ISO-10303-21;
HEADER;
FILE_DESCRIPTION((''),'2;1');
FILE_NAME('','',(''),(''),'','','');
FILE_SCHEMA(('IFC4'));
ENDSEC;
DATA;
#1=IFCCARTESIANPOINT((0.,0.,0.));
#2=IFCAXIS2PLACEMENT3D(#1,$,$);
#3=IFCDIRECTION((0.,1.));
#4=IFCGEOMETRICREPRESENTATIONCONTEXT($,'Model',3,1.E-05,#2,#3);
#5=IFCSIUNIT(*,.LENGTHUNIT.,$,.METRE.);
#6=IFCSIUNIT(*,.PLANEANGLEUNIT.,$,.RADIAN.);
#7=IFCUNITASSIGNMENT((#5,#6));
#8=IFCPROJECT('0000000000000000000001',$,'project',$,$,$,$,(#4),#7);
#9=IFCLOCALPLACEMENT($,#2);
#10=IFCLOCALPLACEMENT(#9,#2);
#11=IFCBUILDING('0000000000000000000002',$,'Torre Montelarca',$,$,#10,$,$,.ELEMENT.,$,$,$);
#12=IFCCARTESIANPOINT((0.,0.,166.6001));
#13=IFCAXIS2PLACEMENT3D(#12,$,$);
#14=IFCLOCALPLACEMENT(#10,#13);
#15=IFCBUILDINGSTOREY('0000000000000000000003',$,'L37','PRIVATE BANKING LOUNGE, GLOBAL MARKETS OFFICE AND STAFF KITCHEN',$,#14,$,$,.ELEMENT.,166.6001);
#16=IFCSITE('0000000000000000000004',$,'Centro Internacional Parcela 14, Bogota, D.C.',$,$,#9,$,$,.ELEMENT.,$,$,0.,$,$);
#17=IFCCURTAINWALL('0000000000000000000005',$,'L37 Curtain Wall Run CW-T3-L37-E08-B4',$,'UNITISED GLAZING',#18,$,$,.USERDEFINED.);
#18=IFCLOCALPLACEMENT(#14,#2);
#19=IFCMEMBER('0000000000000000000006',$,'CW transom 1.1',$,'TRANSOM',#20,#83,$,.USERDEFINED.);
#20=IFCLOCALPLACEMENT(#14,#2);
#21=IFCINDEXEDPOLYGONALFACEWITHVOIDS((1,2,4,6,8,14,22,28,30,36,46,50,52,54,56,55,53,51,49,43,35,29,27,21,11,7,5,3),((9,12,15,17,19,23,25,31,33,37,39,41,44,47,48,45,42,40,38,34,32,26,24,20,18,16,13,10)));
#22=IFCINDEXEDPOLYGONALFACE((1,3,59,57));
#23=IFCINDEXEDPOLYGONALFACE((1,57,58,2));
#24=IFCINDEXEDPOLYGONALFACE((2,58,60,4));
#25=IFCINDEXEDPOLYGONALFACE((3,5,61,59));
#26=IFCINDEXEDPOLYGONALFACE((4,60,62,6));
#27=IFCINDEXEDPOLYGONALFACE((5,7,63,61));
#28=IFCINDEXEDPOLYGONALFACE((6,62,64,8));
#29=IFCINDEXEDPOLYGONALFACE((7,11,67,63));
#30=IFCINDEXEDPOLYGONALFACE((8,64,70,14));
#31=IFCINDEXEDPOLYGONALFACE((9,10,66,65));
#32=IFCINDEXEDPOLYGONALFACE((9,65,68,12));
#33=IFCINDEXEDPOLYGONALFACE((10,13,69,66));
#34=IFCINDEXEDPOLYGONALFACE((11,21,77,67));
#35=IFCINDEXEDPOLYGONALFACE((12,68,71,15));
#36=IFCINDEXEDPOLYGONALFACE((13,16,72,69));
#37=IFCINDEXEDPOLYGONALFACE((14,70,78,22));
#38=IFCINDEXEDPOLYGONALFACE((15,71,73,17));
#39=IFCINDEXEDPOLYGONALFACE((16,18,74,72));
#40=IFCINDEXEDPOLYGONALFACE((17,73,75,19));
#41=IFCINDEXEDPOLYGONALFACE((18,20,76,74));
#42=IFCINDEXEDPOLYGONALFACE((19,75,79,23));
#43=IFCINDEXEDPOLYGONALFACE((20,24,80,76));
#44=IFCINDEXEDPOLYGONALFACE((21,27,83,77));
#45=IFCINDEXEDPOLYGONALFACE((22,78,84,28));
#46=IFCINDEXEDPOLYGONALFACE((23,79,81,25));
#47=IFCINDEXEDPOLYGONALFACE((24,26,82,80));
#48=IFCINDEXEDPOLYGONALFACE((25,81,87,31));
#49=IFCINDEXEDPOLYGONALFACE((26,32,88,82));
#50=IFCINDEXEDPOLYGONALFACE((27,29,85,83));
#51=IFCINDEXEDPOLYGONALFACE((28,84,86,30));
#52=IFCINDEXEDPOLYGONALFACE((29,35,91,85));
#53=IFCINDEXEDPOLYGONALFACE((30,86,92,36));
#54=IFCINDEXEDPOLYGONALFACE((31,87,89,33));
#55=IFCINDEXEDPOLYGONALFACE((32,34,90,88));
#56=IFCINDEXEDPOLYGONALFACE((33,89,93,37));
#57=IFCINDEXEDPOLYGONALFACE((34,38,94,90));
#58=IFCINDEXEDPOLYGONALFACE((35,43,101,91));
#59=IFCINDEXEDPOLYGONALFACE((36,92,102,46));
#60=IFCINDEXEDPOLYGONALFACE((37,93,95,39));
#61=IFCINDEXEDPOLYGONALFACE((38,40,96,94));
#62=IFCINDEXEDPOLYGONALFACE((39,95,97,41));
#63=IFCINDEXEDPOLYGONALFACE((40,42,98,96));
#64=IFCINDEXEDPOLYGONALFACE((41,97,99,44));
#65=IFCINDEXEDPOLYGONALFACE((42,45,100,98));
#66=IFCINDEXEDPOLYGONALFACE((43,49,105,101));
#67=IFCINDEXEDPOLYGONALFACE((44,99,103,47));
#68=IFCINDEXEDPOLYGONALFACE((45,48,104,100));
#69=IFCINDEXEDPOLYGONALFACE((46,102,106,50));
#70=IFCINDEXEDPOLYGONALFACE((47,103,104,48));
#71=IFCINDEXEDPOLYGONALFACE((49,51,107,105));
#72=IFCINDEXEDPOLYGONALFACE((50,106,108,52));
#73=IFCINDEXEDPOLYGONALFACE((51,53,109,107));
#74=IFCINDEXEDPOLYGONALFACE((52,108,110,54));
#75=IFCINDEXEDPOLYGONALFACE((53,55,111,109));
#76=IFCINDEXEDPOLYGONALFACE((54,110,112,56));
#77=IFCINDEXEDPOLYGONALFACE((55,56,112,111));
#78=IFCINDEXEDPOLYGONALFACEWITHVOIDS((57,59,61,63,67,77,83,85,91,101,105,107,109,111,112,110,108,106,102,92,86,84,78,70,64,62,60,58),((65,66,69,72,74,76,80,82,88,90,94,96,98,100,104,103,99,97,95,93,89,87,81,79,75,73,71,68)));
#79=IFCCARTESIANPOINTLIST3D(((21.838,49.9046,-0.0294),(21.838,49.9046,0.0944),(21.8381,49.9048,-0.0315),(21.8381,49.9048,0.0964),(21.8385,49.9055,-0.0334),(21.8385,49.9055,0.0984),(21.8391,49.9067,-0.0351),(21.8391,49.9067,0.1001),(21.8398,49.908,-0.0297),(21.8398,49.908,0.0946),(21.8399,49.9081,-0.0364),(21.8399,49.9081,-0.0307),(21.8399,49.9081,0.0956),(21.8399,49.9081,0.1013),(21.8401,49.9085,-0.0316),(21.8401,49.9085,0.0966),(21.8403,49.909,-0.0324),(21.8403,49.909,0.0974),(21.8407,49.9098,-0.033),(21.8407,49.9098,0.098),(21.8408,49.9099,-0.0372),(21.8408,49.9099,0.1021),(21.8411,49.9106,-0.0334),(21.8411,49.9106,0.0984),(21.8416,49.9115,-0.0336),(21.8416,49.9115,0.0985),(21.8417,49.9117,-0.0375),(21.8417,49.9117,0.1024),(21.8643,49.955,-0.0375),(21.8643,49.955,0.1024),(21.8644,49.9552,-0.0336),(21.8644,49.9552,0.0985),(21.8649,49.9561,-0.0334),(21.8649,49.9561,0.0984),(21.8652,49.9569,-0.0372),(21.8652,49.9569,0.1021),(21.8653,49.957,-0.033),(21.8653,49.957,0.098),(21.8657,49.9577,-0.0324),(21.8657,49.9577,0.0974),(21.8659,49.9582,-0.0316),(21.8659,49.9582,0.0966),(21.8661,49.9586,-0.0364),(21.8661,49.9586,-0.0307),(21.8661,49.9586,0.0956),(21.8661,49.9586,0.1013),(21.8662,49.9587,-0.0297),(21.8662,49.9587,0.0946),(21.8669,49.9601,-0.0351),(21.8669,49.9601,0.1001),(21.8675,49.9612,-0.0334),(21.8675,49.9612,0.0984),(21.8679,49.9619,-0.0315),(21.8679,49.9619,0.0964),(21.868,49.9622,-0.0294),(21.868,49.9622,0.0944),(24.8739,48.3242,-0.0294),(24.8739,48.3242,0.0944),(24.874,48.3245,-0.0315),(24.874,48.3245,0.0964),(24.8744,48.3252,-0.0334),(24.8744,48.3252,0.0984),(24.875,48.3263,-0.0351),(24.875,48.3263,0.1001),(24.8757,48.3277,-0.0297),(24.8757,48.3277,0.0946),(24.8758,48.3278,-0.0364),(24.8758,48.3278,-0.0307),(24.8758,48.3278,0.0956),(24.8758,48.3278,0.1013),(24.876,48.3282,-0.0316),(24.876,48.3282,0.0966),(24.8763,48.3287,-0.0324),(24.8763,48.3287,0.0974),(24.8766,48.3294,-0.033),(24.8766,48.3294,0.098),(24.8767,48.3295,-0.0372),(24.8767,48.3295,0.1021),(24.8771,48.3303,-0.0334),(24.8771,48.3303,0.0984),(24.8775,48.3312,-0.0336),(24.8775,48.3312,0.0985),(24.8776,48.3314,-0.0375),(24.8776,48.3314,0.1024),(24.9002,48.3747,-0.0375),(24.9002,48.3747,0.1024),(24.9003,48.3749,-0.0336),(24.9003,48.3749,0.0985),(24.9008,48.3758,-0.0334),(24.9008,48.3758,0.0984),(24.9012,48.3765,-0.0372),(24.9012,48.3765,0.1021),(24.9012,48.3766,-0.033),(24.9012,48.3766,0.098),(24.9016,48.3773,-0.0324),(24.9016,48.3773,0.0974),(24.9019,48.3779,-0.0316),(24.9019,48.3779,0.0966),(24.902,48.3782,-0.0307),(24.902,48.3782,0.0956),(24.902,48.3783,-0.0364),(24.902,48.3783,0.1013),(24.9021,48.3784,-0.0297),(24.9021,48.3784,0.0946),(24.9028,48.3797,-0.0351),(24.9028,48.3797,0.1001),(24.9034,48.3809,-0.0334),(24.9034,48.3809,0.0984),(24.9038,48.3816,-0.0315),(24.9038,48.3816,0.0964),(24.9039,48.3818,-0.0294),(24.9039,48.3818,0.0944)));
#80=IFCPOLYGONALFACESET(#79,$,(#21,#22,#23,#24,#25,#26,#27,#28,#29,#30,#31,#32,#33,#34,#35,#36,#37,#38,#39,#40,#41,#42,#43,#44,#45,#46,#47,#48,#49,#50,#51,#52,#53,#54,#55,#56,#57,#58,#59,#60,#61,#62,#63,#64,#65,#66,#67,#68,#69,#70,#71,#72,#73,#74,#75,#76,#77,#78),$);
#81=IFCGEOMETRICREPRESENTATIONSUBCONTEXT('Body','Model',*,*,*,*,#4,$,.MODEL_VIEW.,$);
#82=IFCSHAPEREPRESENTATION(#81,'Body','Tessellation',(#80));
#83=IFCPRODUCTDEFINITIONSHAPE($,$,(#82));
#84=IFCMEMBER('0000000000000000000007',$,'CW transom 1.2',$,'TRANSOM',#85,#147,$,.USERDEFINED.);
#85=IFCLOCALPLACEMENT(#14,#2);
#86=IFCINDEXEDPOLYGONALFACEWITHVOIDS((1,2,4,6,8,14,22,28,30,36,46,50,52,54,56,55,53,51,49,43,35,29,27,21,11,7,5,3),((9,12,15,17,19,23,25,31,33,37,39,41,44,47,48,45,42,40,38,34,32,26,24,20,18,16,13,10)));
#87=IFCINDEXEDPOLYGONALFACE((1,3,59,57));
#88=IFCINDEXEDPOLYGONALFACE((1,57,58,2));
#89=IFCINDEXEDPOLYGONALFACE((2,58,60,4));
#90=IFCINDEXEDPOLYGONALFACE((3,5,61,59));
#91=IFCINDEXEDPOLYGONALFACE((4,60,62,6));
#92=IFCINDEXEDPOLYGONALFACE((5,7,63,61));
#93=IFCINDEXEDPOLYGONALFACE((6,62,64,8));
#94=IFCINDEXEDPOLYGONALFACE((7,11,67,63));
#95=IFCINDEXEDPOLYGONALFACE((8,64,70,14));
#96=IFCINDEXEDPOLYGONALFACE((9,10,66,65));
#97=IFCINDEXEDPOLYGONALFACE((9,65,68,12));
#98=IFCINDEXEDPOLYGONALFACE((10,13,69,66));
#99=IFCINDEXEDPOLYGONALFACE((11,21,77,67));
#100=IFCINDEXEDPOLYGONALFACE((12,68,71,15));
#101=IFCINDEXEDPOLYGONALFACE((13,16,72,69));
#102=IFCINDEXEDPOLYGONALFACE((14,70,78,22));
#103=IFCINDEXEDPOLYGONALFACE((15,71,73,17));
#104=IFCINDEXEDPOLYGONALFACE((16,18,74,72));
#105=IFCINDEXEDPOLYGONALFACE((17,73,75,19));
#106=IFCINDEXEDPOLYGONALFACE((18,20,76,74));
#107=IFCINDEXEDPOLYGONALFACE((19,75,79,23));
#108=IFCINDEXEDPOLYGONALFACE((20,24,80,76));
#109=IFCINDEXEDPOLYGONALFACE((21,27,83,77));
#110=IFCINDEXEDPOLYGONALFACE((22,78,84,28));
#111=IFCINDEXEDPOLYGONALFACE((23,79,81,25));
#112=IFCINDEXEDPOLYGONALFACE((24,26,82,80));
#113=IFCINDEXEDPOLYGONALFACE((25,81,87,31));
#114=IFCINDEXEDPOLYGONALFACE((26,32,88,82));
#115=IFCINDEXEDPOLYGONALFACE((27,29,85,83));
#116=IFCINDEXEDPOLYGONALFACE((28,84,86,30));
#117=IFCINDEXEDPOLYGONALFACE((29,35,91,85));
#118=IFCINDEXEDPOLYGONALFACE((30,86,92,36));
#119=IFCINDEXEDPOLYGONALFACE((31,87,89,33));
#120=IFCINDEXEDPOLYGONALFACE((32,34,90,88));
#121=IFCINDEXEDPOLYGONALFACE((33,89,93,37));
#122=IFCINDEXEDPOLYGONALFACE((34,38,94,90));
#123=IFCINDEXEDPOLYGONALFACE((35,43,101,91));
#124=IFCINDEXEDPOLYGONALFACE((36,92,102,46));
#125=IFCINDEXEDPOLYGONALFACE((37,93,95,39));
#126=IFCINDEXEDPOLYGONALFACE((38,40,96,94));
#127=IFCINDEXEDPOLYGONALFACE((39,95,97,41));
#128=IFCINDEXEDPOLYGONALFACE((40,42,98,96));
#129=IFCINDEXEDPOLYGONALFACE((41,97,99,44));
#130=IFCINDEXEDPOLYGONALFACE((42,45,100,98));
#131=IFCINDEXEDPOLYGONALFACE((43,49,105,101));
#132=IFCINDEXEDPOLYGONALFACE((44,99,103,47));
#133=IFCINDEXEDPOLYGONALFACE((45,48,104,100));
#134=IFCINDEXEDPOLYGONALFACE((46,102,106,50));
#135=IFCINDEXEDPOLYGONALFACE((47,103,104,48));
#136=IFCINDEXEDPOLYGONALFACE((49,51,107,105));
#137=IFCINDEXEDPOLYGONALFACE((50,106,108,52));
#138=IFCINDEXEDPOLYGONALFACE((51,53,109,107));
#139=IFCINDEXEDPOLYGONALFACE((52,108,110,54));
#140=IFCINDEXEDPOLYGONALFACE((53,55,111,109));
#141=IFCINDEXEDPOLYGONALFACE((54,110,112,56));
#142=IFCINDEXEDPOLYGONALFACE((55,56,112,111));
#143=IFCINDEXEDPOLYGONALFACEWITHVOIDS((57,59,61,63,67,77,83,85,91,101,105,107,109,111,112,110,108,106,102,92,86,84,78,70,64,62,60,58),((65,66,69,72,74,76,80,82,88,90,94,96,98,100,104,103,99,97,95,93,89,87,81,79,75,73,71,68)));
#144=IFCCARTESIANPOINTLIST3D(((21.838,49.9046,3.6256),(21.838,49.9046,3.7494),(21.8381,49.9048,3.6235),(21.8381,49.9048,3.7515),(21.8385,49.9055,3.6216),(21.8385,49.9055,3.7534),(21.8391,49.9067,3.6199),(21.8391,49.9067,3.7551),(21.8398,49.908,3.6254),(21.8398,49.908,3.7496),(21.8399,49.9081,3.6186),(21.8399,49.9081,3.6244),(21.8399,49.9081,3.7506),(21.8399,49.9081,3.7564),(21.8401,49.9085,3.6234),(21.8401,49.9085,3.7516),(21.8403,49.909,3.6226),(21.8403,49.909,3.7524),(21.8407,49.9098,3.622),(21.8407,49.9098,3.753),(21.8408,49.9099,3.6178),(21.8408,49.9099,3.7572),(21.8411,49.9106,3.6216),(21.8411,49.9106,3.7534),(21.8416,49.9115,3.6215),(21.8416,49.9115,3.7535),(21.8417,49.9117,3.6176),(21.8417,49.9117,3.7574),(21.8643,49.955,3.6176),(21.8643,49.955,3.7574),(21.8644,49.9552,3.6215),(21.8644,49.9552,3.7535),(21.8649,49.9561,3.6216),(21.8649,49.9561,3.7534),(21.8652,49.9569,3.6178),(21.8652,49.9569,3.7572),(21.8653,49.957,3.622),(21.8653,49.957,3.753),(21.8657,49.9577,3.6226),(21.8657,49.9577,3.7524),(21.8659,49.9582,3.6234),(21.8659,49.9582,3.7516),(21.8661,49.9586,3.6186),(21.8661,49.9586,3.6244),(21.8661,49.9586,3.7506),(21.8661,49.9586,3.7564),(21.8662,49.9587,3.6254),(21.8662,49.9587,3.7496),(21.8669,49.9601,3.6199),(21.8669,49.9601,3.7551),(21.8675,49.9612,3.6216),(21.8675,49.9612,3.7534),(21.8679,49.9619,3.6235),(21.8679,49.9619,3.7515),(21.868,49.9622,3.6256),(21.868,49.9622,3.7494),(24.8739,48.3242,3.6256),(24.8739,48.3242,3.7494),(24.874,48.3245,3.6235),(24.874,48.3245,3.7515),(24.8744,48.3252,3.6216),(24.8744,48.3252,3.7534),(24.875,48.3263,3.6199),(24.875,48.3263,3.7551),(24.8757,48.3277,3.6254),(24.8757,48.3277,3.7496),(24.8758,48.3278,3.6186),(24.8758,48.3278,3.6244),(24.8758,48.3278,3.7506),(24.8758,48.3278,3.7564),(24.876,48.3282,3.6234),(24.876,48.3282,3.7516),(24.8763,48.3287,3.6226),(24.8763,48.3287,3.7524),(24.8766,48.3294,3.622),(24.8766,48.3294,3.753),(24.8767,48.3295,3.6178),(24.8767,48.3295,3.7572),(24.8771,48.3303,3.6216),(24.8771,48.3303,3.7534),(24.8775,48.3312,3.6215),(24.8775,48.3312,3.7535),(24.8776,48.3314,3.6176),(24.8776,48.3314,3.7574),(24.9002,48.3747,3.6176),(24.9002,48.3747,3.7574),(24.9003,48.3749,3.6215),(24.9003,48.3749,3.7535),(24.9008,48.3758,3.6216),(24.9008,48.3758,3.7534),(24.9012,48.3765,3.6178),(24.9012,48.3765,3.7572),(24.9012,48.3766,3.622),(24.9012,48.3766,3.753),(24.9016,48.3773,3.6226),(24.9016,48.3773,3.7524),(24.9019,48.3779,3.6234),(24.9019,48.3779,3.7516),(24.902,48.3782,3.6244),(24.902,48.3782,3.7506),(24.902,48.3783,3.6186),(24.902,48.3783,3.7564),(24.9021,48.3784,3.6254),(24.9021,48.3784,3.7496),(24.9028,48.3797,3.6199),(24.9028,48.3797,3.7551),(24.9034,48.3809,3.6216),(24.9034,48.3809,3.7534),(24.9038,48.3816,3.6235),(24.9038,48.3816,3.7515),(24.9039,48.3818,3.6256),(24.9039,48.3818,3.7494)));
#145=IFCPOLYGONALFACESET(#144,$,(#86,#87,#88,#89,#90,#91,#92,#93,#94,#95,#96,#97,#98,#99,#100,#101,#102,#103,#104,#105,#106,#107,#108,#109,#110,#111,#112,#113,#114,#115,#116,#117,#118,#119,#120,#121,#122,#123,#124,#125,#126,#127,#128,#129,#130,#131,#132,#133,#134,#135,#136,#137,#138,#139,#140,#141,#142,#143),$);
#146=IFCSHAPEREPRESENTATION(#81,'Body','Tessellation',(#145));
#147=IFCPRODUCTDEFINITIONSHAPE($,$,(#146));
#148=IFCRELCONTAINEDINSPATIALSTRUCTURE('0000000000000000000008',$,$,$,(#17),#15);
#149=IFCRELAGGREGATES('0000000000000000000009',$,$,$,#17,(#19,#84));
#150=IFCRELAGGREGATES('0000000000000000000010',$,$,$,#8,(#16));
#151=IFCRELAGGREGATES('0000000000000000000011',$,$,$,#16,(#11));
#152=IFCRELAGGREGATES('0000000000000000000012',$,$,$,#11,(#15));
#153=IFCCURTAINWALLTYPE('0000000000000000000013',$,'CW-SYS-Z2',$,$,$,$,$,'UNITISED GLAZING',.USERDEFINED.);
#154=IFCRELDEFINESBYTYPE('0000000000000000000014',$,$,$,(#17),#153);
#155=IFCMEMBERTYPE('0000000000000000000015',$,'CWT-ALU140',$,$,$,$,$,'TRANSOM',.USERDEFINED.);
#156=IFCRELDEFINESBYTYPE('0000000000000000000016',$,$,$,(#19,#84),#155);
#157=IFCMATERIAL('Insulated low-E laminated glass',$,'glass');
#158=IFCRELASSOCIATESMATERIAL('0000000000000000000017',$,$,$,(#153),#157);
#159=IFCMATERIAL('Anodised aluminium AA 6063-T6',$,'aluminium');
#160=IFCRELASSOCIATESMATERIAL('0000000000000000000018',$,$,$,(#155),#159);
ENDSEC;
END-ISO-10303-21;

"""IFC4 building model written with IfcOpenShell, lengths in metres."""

from ifc_helpers import new_model, si_unit, direction, frame, origin, origin_2d, place, context, subcontext, project, spatial, hollow_rectangle, extrude, source, transform, mapped, material, material_profile, profile_set, type_object, element, aggregate, save


model = new_model("IFC4")

# Units and contexts
model_context = context("Model", 3, precision=1e-05, world=origin(), true_north=direction((0.0, 1.0)))
body_context = subcontext(model_context, "Body", "Model", "MODEL_VIEW")
ifc_project = project(units=[si_unit("LENGTHUNIT", "METRE"), si_unit("PLANEANGLEUNIT", "RADIAN")], contexts=[model_context])

# Site, building, storey
site_placement = place(None, origin())
site = spatial("IfcSite", under=ifc_project, at=site_placement, Name="Centro Internacional Parcela 14, Bogota, D.C.", CompositionType="ELEMENT", RefElevation=0.0)
building_placement = place(site_placement, origin())
building = spatial("IfcBuilding", under=site, at=building_placement, Name="Torre Montelarca", CompositionType="ELEMENT")
storey_placement = place(building_placement, frame((0.0, 0.0, 166.6001)))
storey = spatial("IfcBuildingStorey", under=building, at=storey_placement, Name="L37", Description="PRIVATE BANKING LOUNGE, GLOBAL MARKETS OFFICE AND STAFF KITCHEN", CompositionType="ELEMENT", Elevation=166.6001)

# Curtain wall
ifc_material_1 = material(Name="Insulated low-E laminated glass", Category="glass")
curtain_wall_type = type_object("IfcCurtainWallType", Name="CW-SYS-Z2", ElementType="UNITISED GLAZING", PredefinedType="USERDEFINED", material=ifc_material_1)
ifc_material_2 = material(Name="Anodised aluminium AA 6063-T6", Category="aluminium")
curtain_wall_1_placement = place(storey_placement, origin())
curtain_wall_1 = element("IfcCurtainWall", 1, at=curtain_wall_1_placement, inside=storey, type_object=curtain_wall_type, Name="L37 Curtain Wall Run CW-T3-L37-E08-B4", ObjectType="UNITISED GLAZING", PredefinedType="USERDEFINED")

# Members
ifc_material_profile_1 = material_profile(ifc_material_2, hollow_rectangle(XDim=0.0649, YDim=0.1399, WallThickness=0.0039, InnerFilletRadius=0.0039, OuterFilletRadius=0.0081, at=origin_2d()), Name="ALU65X140X4", Category="aluminium")
ifc_profile_set_1 = profile_set([ifc_material_profile_1], Name="Anodised aluminium AA 6063-T6")
member_type_1 = type_object("IfcMemberType", Name="CWT-ALU140", ElementType="TRANSOM", PredefinedType="USERDEFINED", material=ifc_profile_set_1)
shared_shape_1 = source(origin(), body_context, "Body", "SweptSolid", [
    extrude(hollow_rectangle(XDim=0.0649, YDim=0.1399, WallThickness=0.0039, InnerFilletRadius=0.0039, OuterFilletRadius=0.0081, at=origin_2d()), origin(), (0.0, 0.0, 1.0), 3.4226),
])
member_1_placement = place(storey_placement, frame((24.8889, 48.353, 0.0325), z_axis=(-0.887018, 0.461735, 0.0), x_axis=(-0.461735, -0.887018, 0.0)))
member_1 = element("IfcMember", 2, at=member_1_placement, type_object=member_type_1, Name="CW transom 1.1", ObjectType="TRANSOM", PredefinedType="USERDEFINED", context=body_context, shape_type="MappedRepresentation", body=[
    mapped(shared_shape_1, transform((0.0, 0.0, 0.0), scale=1.0)),
])
member_2_placement = place(storey_placement, frame((24.8889, 48.353, 3.6875), z_axis=(-0.887018, 0.461735, 0.0), x_axis=(-0.461735, -0.887018, 0.0)))
member_2 = element("IfcMember", 3, at=member_2_placement, type_object=member_type_1, Name="CW transom 1.2", ObjectType="TRANSOM", PredefinedType="USERDEFINED", context=body_context, shape_type="MappedRepresentation", body=[
    mapped(shared_shape_1, transform((0.0, 0.0, 0.0), scale=1.0)),
])

aggregate(curtain_wall_1, [member_1, member_2])

save(model, "model.ifc")
